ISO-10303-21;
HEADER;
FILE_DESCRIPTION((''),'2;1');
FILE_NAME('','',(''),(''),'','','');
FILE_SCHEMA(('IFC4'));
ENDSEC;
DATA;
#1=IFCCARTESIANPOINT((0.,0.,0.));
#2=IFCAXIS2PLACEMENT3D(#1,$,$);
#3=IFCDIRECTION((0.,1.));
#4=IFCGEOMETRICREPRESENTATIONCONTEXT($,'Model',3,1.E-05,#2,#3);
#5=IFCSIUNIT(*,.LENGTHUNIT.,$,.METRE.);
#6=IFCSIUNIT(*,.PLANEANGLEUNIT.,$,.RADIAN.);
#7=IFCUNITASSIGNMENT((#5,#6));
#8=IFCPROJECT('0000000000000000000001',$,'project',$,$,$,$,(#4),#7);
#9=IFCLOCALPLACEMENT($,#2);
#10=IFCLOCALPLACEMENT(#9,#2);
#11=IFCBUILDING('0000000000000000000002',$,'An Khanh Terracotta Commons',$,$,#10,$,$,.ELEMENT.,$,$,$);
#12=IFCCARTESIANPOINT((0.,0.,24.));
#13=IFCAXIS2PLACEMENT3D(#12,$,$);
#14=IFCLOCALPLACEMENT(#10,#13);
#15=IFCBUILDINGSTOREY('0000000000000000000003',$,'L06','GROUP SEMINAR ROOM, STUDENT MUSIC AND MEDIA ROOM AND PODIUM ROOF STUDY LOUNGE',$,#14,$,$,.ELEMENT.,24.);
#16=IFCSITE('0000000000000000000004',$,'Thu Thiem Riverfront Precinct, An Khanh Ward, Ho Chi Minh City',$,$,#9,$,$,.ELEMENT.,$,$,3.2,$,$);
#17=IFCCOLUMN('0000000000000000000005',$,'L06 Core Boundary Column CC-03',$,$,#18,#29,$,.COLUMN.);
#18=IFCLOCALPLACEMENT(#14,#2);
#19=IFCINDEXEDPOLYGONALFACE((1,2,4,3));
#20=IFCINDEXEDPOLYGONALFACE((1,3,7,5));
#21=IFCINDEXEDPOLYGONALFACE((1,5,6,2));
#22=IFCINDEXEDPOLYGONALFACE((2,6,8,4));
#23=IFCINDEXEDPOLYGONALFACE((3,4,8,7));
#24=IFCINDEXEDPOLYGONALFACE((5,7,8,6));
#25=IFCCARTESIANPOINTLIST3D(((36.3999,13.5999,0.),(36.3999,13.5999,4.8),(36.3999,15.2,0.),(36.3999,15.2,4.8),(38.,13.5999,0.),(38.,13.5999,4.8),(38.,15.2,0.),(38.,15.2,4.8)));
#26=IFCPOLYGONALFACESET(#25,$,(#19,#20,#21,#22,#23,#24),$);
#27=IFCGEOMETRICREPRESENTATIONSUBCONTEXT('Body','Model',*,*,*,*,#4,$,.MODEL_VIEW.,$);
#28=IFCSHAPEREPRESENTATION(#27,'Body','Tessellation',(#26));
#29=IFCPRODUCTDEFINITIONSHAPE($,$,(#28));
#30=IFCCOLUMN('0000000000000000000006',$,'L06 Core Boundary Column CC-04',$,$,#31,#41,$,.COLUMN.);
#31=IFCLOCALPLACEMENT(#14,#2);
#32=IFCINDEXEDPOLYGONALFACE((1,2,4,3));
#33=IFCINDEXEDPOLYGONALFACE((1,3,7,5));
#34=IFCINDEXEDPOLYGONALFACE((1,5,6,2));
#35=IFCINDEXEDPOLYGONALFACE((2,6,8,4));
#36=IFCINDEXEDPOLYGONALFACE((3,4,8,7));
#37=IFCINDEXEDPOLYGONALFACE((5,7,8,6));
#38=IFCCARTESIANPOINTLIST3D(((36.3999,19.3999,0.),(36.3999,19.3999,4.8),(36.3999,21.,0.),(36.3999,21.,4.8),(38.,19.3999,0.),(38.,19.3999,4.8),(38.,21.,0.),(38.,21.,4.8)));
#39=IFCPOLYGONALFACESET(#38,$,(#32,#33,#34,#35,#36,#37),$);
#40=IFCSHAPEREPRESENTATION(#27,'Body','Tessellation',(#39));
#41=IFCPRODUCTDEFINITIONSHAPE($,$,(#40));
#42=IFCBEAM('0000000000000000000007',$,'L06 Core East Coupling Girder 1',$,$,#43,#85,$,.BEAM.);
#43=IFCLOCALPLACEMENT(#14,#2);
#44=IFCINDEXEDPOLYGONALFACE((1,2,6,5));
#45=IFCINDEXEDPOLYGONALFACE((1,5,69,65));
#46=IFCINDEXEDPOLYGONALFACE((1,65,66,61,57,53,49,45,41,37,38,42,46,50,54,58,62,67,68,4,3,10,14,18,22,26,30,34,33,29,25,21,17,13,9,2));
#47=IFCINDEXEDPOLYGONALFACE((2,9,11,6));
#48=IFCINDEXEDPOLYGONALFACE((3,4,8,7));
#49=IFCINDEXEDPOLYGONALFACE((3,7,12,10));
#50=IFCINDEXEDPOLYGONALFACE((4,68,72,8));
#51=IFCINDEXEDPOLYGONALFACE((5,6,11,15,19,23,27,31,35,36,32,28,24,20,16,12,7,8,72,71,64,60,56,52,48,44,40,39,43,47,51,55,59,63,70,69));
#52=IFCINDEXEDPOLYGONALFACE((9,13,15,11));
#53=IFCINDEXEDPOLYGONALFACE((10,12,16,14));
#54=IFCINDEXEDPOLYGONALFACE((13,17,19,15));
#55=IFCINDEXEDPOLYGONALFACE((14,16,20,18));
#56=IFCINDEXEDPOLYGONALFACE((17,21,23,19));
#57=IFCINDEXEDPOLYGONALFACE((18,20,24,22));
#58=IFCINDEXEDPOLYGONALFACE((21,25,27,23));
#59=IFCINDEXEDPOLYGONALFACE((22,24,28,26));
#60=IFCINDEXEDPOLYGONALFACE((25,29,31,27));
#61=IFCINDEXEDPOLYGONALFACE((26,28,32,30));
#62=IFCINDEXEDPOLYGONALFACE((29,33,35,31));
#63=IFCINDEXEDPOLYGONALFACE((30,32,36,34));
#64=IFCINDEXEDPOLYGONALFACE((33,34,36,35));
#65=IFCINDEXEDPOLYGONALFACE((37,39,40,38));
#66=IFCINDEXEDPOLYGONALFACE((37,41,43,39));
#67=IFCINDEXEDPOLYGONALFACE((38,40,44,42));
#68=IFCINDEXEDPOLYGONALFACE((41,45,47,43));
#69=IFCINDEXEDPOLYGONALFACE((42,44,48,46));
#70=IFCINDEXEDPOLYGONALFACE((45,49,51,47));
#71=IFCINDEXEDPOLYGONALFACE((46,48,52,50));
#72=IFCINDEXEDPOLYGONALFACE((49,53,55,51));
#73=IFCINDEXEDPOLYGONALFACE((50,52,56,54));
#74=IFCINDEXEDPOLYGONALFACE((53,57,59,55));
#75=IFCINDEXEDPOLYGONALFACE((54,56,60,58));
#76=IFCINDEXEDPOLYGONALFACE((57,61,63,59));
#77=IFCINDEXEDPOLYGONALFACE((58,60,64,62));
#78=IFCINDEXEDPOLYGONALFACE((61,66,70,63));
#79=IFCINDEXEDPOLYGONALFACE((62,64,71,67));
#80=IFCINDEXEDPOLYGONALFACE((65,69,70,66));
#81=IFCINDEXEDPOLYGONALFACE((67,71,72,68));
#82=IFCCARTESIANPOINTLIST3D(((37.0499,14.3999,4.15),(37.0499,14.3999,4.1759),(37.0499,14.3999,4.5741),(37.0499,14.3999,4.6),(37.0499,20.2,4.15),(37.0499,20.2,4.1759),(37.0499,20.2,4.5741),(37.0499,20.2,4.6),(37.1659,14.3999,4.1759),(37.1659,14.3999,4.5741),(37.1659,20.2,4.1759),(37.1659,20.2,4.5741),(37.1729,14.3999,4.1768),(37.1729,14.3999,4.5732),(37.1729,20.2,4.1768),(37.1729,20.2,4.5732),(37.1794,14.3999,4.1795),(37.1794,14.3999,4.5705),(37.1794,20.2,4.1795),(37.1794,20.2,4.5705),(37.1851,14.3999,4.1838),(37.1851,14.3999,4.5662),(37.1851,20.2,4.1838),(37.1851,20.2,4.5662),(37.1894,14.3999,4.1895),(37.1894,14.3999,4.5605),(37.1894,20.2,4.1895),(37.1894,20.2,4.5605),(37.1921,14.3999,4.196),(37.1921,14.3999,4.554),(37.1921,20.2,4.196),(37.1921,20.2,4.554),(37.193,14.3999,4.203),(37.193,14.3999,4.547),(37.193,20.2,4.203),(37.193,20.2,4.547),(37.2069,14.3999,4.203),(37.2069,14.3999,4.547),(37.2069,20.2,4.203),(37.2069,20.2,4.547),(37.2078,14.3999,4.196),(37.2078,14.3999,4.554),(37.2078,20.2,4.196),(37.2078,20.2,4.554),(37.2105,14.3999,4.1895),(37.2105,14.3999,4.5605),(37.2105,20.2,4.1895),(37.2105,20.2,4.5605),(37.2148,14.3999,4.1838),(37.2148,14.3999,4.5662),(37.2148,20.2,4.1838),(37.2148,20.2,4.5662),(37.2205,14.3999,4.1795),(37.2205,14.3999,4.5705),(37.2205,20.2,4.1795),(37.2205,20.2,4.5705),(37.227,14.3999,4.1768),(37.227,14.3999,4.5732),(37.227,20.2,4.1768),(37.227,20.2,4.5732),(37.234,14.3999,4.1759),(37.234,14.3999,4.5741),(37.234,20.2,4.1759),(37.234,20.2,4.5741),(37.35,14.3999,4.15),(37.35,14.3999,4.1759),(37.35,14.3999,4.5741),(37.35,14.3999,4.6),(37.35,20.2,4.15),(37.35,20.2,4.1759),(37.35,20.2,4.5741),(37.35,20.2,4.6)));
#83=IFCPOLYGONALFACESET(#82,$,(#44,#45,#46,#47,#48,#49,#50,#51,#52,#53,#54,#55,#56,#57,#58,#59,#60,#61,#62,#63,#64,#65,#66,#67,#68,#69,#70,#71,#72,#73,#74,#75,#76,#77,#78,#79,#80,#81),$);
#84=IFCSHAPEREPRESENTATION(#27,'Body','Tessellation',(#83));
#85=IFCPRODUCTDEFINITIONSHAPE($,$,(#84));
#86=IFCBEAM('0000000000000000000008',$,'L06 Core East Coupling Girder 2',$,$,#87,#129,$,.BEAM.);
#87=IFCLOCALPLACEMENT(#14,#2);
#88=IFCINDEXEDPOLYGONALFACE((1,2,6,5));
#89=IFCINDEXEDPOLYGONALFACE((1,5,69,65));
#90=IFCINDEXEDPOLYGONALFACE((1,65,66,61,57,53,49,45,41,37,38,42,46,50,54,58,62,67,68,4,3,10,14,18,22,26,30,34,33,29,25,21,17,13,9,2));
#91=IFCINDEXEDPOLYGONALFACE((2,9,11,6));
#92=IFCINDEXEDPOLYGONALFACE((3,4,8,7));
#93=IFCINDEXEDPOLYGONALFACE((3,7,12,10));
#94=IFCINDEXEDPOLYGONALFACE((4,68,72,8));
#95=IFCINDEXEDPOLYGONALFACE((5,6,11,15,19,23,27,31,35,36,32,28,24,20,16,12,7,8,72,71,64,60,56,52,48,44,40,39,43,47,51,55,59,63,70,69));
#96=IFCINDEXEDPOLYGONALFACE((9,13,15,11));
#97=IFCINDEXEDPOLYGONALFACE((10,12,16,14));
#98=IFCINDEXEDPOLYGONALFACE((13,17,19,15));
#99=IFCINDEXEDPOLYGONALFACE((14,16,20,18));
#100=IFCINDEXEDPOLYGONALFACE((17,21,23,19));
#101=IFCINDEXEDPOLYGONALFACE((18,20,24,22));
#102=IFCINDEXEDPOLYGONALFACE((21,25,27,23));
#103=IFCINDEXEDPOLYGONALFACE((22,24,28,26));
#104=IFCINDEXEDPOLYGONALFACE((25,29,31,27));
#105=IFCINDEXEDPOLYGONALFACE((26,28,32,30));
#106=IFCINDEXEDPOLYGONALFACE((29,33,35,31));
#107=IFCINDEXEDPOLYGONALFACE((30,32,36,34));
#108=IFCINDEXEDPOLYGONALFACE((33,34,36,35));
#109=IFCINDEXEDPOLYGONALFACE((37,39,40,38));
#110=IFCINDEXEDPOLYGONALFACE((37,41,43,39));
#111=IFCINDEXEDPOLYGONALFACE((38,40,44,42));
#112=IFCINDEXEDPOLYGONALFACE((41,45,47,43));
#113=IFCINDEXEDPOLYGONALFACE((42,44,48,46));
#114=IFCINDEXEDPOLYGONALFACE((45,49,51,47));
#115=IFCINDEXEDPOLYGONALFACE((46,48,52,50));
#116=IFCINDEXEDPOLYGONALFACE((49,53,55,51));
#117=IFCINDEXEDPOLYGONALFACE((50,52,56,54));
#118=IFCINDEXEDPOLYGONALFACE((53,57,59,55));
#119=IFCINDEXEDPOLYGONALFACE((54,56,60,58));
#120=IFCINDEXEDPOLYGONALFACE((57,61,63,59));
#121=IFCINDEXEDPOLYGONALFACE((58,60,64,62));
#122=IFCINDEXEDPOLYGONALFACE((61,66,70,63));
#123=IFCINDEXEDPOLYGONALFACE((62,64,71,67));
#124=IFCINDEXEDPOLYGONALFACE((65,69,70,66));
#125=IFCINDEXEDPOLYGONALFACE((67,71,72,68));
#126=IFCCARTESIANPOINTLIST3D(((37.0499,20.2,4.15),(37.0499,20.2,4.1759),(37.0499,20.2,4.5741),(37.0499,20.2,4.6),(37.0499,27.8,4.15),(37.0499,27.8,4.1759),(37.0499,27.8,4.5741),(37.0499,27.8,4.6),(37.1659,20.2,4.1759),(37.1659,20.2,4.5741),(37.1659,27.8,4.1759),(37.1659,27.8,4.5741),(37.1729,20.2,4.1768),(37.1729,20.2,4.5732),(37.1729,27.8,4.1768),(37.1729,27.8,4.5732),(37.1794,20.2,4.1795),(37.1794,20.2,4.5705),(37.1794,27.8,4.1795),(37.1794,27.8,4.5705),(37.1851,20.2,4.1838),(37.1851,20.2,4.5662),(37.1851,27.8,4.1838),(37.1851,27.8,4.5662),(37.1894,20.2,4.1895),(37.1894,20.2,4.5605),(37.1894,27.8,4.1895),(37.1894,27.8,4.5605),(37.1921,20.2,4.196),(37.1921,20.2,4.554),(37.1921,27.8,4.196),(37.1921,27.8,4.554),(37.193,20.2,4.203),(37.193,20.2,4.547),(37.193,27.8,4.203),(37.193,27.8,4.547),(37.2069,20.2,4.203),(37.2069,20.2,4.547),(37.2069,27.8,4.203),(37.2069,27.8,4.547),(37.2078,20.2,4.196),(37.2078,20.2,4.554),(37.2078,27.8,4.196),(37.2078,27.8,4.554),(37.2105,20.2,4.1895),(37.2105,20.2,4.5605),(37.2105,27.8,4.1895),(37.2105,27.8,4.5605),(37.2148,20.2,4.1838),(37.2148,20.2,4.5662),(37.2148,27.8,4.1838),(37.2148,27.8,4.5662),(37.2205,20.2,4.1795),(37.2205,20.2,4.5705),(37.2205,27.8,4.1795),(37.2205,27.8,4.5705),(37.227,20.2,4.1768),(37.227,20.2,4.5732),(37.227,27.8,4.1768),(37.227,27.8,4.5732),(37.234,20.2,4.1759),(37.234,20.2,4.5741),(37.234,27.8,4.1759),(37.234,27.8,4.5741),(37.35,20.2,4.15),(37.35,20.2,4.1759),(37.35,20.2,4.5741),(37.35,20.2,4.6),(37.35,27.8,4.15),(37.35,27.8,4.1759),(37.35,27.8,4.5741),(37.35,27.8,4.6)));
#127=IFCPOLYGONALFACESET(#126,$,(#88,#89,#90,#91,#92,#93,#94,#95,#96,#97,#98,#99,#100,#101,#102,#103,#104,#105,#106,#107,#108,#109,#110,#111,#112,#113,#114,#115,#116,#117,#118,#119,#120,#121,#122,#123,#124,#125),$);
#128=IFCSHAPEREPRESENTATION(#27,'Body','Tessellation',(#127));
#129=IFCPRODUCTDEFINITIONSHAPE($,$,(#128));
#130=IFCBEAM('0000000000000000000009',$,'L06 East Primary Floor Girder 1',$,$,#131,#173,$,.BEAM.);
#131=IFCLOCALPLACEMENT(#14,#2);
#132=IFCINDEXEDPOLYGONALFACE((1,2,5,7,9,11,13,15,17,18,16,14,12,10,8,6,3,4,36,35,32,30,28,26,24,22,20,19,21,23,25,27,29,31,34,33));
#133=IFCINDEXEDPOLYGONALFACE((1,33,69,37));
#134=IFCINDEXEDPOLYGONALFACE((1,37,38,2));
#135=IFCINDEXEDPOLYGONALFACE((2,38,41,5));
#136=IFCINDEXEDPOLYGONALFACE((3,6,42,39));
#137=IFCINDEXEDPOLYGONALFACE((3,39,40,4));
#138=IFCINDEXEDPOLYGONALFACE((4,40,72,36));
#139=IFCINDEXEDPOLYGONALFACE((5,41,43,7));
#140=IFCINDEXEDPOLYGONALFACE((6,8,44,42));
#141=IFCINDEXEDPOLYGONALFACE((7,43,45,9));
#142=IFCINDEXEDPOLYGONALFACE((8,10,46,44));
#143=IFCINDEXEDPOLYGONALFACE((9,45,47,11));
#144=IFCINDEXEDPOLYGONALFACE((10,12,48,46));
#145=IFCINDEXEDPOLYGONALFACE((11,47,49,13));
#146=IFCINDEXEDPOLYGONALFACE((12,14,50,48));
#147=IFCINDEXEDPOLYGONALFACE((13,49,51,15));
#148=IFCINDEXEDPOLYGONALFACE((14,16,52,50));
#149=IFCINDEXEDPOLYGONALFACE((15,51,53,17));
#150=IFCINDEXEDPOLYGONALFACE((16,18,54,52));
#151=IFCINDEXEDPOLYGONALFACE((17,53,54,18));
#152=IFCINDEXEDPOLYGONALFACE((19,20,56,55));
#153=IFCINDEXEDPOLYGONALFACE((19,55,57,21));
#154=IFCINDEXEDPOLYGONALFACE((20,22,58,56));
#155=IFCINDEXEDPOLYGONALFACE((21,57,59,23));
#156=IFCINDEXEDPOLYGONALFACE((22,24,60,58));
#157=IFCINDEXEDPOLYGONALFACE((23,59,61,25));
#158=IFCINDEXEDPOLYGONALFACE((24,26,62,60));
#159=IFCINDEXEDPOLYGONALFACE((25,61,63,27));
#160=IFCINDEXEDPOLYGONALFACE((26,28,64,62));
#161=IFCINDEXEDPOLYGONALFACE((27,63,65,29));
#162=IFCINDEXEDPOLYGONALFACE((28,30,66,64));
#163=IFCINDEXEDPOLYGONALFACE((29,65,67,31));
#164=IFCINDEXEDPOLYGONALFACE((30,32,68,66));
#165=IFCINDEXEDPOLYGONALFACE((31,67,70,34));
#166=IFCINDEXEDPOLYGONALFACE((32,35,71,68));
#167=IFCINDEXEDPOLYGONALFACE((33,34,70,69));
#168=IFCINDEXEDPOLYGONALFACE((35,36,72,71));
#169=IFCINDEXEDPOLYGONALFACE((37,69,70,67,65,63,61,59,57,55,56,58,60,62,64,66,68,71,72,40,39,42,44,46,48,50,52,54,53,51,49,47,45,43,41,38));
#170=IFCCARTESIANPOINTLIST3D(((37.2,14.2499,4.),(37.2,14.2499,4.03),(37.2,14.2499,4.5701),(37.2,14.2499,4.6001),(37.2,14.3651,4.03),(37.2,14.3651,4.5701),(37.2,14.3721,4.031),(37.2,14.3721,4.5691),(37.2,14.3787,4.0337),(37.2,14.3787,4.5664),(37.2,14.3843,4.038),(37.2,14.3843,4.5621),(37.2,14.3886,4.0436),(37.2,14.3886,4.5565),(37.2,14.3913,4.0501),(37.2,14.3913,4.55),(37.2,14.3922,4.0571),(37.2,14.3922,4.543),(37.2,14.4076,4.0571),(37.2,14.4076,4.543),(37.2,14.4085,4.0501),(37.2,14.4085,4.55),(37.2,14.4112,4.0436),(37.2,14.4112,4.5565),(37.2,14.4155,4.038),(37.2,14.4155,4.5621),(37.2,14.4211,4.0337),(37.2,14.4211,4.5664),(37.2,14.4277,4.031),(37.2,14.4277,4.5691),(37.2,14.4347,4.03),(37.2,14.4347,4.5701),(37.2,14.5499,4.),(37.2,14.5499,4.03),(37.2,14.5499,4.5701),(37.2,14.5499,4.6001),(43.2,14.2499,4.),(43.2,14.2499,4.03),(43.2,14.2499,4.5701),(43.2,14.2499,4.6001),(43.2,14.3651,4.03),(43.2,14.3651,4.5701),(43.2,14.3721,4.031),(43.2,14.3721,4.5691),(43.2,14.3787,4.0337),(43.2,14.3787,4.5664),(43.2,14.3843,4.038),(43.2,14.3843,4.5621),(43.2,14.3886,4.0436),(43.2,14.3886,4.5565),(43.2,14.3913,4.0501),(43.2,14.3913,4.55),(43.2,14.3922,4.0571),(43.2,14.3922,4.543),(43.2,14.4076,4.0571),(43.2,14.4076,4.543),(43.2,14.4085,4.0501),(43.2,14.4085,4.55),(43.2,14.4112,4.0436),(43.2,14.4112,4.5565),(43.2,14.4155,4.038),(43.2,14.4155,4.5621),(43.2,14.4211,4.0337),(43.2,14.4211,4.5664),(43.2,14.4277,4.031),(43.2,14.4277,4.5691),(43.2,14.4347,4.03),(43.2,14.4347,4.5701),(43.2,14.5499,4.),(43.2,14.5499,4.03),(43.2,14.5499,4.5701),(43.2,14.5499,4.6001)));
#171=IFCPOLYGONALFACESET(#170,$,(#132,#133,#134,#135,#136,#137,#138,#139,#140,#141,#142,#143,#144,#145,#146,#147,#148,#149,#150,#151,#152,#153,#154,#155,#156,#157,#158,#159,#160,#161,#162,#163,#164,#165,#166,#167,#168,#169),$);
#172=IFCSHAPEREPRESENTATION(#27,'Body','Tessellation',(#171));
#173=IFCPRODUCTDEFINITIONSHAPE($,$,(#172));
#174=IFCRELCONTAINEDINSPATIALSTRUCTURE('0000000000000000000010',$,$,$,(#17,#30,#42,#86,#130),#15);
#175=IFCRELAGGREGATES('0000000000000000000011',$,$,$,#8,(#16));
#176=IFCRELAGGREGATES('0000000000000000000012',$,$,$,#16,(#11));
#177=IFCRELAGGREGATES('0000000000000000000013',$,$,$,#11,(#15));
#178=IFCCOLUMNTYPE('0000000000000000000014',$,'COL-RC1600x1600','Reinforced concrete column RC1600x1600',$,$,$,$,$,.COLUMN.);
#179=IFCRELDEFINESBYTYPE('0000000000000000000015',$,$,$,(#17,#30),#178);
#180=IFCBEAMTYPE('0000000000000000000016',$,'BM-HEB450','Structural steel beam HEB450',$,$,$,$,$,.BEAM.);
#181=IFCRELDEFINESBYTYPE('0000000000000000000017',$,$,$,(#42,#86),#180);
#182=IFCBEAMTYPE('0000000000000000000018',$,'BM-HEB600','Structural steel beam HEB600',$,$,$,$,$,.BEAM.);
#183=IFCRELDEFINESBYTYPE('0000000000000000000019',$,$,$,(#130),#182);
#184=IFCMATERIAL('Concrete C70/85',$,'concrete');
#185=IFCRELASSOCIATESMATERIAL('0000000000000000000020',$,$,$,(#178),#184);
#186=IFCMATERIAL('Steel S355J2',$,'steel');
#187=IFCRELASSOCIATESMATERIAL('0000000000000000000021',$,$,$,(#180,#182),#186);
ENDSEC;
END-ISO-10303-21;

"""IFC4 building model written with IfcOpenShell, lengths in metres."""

from ifc_helpers import new_model, si_unit, direction, frame, origin, origin_2d, place, context, subcontext, project, spatial, rectangle, i_section, extrude, material, material_profile, profile_set, type_object, element, save


model = new_model("IFC4")

# Units and contexts
model_context = context("Model", 3, precision=1e-05, world=origin(), true_north=direction((0.0, 1.0)))
body_context = subcontext(model_context, "Body", "Model", "MODEL_VIEW")
ifc_project = project(units=[si_unit("LENGTHUNIT", "METRE"), si_unit("PLANEANGLEUNIT", "RADIAN")], contexts=[model_context])

# Site, building, storey
site_placement = place(None, origin())
site = spatial("IfcSite", under=ifc_project, at=site_placement, Name="Thu Thiem Riverfront Precinct, An Khanh Ward, Ho Chi Minh City", CompositionType="ELEMENT", RefElevation=3.2)
building_placement = place(site_placement, origin())
building = spatial("IfcBuilding", under=site, at=building_placement, Name="An Khanh Terracotta Commons", CompositionType="ELEMENT")
storey_placement = place(building_placement, frame((0.0, 0.0, 24.0)))
storey = spatial("IfcBuildingStorey", under=building, at=storey_placement, Name="L06", Description="GROUP SEMINAR ROOM, STUDENT MUSIC AND MEDIA ROOM AND PODIUM ROOF STUDY LOUNGE", CompositionType="ELEMENT", Elevation=24.0)

# Columns
ifc_material_1 = material(Name="Concrete C70/85", Category="concrete")
ifc_material_profile_1 = material_profile(ifc_material_1, rectangle(XDim=1.6001, YDim=1.6001, at=origin_2d()), Name="RC1600x1600")
ifc_profile_set_1 = profile_set([ifc_material_profile_1], Name="Concrete C70/85")
column_type = type_object("IfcColumnType", Name="COL-RC1600x1600", Description="Reinforced concrete column RC1600x1600", PredefinedType="COLUMN", material=ifc_profile_set_1)
for number, where, z_axis, x_axis, name in (
    (1, (37.2, 14.3999, 0.0), (0.0, 0.0, 1.0), (1.0, 0.0, 0.0), "L06 Core Boundary Column CC-03"),
    (2, (37.2, 20.2, 0.0), (0.0, 0.0, 1.0), (1.0, 0.0, 0.0), "L06 Core Boundary Column CC-04"),
):
    element("IfcColumn", number, at=place(storey_placement, frame(where, z_axis=z_axis, x_axis=x_axis)), inside=storey, type_object=column_type, Name=name, PredefinedType="COLUMN", context=body_context, shape_type="SweptSolid", body=[
        extrude(rectangle(XDim=1.6001, YDim=1.6001, at=origin_2d()), origin(), (0.0, 0.0, 1.0), 4.8),
    ])

# Beams
ifc_material_2 = material(Name="Steel S355J2", Category="steel")
ifc_material_profile_2 = material_profile(ifc_material_2, i_section(OverallWidth=0.3, OverallDepth=0.45, WebThickness=0.0139, FlangeThickness=0.0259, FilletRadius=0.0271, at=origin_2d()), Name="HEB450")
ifc_profile_set_2 = profile_set([ifc_material_profile_2], Name="Steel S355J2")
beam_type_1 = type_object("IfcBeamType", Name="BM-HEB450", Description="Structural steel beam HEB450", PredefinedType="BEAM", material=ifc_profile_set_2)
beam_1_placement = place(storey_placement, frame((37.2, 14.3999, 4.375), z_axis=(0.0, 1.0, 0.0), x_axis=(-1.0, 0.0, 0.0)))
element("IfcBeam", 3, at=beam_1_placement, inside=storey, type_object=beam_type_1, Name="L06 Core East Coupling Girder 1", PredefinedType="BEAM", context=body_context, shape_type="SweptSolid", body=[
    extrude(i_section(OverallWidth=0.3, OverallDepth=0.45, WebThickness=0.0139, FlangeThickness=0.0259, FilletRadius=0.0271, at=origin_2d()), origin(), (0.0, 0.0, 1.0), 5.8),
])
beam_2_placement = place(storey_placement, frame((37.2, 20.2, 4.375), z_axis=(0.0, 1.0, 0.0), x_axis=(-1.0, 0.0, 0.0)))
element("IfcBeam", 4, at=beam_2_placement, inside=storey, type_object=beam_type_1, Name="L06 Core East Coupling Girder 2", PredefinedType="BEAM", context=body_context, shape_type="SweptSolid", body=[
    extrude(i_section(OverallWidth=0.3, OverallDepth=0.45, WebThickness=0.0139, FlangeThickness=0.0259, FilletRadius=0.0271, at=origin_2d()), origin(), (0.0, 0.0, 1.0), 7.6001),
])
ifc_material_profile_3 = material_profile(ifc_material_2, i_section(OverallWidth=0.3, OverallDepth=0.6001, WebThickness=0.0154, FlangeThickness=0.03, FilletRadius=0.0271, at=origin_2d()), Name="HEB600")
ifc_profile_set_3 = profile_set([ifc_material_profile_3], Name="Steel S355J2")
beam_type_2 = type_object("IfcBeamType", Name="BM-HEB600", Description="Structural steel beam HEB600", PredefinedType="BEAM", material=ifc_profile_set_3)
for number, where, z_axis, x_axis, name in (
    (5, (37.2, 14.3999, 4.3), (1.0, 0.0, 0.0), (0.0, 1.0, 0.0), "L06 East Primary Floor Girder 1"),
):
    element("IfcBeam", number, at=place(storey_placement, frame(where, z_axis=z_axis, x_axis=x_axis)), inside=storey, type_object=beam_type_2, Name=name, PredefinedType="BEAM", context=body_context, shape_type="SweptSolid", body=[
        extrude(i_section(OverallWidth=0.3, OverallDepth=0.6001, WebThickness=0.0154, FlangeThickness=0.03, FilletRadius=0.0271, at=origin_2d()), origin(), (0.0, 0.0, 1.0), 6.0),
    ])

save(model, "model.ifc")
